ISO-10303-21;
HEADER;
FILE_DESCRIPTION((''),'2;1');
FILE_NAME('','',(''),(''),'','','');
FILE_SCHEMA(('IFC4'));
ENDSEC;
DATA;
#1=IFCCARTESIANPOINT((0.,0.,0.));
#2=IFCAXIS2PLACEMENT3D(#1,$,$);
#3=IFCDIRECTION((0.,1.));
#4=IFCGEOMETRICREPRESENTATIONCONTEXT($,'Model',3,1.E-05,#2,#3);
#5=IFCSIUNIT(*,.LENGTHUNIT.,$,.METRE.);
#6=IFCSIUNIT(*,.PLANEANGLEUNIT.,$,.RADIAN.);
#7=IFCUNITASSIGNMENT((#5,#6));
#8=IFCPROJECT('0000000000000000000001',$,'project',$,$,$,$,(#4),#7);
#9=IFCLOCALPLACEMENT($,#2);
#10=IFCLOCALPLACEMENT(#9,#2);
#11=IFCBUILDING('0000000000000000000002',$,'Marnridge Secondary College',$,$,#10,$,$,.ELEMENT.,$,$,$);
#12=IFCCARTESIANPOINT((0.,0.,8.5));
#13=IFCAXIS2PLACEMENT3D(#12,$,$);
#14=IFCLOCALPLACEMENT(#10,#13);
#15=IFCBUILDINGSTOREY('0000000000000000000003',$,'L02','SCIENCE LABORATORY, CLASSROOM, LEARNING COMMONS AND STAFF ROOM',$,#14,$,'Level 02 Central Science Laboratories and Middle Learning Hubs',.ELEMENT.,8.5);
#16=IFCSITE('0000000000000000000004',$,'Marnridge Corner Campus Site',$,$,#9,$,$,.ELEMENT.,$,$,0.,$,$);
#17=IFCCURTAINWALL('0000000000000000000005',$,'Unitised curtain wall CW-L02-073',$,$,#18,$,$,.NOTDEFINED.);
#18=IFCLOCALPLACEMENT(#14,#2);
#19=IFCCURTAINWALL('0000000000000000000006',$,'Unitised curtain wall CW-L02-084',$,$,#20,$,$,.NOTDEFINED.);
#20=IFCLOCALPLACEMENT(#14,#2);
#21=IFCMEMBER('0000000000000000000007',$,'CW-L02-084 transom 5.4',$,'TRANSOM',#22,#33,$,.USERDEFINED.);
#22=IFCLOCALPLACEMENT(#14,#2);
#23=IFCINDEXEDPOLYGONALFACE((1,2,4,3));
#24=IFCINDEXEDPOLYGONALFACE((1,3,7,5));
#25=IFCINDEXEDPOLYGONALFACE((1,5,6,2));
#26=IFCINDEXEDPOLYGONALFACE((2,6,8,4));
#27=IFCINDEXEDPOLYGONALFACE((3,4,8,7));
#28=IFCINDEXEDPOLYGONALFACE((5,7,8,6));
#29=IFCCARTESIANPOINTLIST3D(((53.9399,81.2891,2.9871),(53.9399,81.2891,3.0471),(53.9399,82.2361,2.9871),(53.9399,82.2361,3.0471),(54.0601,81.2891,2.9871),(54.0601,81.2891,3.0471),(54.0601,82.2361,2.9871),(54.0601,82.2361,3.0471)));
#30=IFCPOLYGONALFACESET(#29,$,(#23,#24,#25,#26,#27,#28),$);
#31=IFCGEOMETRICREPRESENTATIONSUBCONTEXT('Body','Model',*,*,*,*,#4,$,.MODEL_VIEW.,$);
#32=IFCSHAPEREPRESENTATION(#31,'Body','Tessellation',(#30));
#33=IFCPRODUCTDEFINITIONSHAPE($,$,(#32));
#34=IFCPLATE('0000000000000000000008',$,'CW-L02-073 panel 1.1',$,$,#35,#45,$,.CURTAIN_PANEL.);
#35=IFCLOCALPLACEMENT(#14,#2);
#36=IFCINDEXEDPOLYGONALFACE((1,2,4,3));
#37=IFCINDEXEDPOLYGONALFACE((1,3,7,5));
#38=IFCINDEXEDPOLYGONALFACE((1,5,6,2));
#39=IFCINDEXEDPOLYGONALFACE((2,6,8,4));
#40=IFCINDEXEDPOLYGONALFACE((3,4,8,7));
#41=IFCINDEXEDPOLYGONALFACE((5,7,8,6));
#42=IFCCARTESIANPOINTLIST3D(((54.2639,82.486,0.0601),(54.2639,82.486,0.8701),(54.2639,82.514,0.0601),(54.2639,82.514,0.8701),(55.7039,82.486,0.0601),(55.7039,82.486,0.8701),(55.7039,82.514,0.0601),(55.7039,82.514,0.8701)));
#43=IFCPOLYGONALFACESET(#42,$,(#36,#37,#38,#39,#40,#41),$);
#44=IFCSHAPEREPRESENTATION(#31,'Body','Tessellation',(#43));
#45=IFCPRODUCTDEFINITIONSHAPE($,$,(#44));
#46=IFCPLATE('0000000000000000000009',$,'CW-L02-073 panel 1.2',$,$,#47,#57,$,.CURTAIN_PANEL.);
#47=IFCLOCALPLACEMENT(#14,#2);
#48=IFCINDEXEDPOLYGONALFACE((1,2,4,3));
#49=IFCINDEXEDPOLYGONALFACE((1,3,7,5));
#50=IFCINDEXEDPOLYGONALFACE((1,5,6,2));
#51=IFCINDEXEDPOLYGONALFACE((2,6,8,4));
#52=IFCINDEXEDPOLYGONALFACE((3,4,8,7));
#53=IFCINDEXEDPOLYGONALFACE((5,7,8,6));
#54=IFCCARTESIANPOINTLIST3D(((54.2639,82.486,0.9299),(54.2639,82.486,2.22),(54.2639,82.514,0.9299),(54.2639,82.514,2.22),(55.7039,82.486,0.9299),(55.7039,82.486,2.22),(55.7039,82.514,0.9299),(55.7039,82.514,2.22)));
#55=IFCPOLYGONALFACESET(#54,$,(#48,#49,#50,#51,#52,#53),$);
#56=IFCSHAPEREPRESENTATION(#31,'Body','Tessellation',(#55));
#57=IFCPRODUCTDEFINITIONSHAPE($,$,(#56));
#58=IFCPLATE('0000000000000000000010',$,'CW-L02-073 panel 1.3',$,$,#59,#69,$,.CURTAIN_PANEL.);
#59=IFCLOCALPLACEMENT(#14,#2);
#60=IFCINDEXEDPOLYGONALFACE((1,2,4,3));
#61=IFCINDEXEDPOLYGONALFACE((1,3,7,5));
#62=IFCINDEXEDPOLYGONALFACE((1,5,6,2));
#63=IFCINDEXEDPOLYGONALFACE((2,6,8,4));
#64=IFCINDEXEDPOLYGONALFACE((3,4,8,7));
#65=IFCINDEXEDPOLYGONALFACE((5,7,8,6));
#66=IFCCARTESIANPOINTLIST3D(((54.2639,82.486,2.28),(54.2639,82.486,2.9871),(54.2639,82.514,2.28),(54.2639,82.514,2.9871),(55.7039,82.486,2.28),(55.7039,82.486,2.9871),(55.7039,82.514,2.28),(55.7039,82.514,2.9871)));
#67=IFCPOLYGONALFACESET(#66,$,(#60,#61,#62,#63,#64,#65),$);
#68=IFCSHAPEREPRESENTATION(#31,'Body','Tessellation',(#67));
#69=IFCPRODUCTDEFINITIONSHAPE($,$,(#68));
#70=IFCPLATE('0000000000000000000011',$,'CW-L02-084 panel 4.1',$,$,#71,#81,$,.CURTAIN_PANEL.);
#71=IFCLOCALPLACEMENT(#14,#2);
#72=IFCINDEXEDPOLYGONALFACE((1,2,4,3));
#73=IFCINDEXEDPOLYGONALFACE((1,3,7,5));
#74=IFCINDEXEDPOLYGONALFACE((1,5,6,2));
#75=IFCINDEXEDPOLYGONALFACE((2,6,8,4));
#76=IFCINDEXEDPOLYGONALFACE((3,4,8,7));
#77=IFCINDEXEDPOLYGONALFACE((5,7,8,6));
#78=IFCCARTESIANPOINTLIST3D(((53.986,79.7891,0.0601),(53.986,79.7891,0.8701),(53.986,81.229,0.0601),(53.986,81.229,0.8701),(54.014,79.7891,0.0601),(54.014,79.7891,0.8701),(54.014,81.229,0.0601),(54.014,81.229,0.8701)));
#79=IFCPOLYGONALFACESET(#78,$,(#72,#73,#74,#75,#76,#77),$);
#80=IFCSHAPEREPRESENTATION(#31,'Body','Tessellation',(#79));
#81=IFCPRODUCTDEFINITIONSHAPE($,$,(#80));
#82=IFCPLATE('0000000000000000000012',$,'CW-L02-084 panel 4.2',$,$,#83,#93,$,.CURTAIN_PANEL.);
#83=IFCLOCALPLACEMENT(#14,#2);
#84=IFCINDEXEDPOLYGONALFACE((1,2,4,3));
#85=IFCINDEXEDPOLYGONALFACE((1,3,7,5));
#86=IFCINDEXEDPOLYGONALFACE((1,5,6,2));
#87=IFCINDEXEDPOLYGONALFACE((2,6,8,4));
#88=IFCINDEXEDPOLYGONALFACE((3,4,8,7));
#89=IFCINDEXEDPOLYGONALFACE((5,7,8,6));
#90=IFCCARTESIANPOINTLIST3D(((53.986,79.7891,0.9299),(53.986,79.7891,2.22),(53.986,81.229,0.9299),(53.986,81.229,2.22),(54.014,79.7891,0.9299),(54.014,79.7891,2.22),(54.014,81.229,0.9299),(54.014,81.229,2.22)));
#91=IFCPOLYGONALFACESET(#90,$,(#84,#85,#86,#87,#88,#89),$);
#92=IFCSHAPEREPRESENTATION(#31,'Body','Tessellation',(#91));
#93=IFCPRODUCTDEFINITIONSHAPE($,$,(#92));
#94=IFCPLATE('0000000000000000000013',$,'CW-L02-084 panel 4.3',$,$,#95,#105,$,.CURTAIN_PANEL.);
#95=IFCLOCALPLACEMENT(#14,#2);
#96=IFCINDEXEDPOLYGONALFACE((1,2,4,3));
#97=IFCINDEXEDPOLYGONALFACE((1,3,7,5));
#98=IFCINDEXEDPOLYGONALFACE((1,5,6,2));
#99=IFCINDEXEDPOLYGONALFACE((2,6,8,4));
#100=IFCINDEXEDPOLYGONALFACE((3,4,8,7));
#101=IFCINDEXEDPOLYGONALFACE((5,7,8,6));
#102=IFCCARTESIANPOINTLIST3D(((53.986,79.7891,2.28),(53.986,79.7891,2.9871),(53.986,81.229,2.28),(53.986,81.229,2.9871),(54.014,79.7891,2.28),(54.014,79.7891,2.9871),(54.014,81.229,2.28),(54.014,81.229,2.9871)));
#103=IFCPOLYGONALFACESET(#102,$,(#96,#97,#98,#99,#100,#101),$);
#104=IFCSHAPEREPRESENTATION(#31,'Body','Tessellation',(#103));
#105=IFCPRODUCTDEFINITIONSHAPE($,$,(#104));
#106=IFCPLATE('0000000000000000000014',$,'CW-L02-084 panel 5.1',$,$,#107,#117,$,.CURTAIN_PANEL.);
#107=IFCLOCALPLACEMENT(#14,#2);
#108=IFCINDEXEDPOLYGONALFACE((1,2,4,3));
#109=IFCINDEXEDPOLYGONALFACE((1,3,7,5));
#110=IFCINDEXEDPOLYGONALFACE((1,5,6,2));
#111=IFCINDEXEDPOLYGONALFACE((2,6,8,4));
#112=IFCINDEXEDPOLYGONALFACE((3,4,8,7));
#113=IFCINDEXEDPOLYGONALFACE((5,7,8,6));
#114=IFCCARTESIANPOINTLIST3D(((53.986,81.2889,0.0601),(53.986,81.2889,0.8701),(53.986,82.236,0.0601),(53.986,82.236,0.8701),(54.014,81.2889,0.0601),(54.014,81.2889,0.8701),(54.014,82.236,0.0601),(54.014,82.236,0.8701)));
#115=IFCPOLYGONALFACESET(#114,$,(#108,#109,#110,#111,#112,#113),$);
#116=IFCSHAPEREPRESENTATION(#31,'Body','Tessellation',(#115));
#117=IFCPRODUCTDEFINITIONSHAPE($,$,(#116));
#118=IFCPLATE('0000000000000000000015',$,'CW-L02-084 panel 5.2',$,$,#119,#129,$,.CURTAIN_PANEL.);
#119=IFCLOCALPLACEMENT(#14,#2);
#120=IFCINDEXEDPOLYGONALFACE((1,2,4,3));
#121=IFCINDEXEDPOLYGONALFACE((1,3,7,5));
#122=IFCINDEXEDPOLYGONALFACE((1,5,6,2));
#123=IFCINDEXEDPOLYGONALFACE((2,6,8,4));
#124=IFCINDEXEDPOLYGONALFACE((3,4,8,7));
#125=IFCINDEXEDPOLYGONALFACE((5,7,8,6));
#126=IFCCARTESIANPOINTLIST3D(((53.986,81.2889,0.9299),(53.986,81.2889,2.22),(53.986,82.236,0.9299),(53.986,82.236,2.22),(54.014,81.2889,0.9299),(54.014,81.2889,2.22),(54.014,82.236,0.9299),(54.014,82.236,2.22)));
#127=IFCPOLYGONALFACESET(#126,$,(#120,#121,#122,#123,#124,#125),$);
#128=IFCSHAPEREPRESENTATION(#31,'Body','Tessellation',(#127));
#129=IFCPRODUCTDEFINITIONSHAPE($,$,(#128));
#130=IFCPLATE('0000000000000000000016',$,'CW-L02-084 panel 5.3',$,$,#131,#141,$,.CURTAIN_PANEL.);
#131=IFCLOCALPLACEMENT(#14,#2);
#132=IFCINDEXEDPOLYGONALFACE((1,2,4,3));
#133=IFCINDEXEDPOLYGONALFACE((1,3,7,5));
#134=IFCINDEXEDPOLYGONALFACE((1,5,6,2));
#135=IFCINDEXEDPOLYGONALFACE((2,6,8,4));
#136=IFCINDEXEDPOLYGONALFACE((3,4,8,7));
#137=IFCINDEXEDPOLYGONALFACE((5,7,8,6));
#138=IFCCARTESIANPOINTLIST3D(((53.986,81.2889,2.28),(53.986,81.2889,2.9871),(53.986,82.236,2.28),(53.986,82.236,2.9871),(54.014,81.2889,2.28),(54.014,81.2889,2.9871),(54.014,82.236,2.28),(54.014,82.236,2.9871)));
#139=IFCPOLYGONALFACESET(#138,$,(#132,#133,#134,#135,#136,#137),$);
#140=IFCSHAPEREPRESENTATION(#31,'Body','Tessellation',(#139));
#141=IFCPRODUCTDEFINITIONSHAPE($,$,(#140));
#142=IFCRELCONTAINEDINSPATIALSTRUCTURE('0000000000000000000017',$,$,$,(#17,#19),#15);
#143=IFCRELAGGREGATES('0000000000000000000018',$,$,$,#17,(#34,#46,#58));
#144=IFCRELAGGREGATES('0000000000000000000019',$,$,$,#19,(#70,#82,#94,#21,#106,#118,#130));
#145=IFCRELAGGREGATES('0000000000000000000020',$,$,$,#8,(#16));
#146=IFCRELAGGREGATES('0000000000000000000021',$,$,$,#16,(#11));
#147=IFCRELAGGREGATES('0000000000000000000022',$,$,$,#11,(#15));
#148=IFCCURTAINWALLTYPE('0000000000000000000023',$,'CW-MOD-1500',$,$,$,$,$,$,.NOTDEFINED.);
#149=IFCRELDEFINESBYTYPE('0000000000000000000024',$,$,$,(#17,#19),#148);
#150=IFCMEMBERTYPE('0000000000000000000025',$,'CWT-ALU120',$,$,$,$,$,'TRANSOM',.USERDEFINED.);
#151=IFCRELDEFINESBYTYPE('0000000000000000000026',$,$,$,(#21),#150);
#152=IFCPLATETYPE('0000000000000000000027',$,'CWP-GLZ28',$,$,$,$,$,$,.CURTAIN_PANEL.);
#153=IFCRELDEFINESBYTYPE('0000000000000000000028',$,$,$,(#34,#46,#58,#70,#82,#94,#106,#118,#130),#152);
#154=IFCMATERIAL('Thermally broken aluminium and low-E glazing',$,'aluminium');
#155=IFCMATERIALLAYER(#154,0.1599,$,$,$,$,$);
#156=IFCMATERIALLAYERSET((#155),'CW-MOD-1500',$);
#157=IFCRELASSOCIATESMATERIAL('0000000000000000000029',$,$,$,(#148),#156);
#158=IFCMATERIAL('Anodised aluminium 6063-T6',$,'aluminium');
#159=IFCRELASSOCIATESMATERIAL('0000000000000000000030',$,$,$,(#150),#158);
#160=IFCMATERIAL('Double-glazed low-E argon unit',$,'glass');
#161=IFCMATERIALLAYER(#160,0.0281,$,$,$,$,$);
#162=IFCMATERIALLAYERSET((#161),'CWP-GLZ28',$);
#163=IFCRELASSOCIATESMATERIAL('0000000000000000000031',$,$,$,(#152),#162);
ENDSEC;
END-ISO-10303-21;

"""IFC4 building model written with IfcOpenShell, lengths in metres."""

from ifc_helpers import new_model, si_unit, direction, frame, origin, origin_2d, place, context, subcontext, project, spatial, rectangle, extrude, material, layer, layer_set, material_profile, profile_set, type_object, element, aggregate, save


model = new_model("IFC4")

# Units and contexts
model_context = context("Model", 3, precision=1e-05, world=origin(), true_north=direction((0.0, 1.0)))
body_context = subcontext(model_context, "Body", "Model", "MODEL_VIEW")
ifc_project = project(units=[si_unit("LENGTHUNIT", "METRE"), si_unit("PLANEANGLEUNIT", "RADIAN")], contexts=[model_context])

# Site, building, storey
site_placement = place(None, origin())
site = spatial("IfcSite", under=ifc_project, at=site_placement, Name="Marnridge Corner Campus Site", CompositionType="ELEMENT", RefElevation=0.0)
building_placement = place(site_placement, origin())
building = spatial("IfcBuilding", under=site, at=building_placement, Name="Marnridge Secondary College", CompositionType="ELEMENT")
storey_placement = place(building_placement, frame((0.0, 0.0, 8.5)))
storey = spatial("IfcBuildingStorey", under=building, at=storey_placement, Name="L02", Description="SCIENCE LABORATORY, CLASSROOM, LEARNING COMMONS AND STAFF ROOM", LongName="Level 02 Central Science Laboratories and Middle Learning Hubs", CompositionType="ELEMENT", Elevation=8.5)

# Curtain walls
ifc_material_1 = material(Name="Thermally broken aluminium and low-E glazing", Category="aluminium")
ifc_layer_1 = layer(ifc_material_1, 0.1599)
ifc_layer_set_1 = layer_set([ifc_layer_1], Name="CW-MOD-1500")
curtain_wall_type = type_object("IfcCurtainWallType", Name="CW-MOD-1500", PredefinedType="NOTDEFINED", material=ifc_layer_set_1)
curtain_wall_1_placement = place(storey_placement, origin())
curtain_wall_1 = element("IfcCurtainWall", 1, at=curtain_wall_1_placement, inside=storey, type_object=curtain_wall_type, Name="Unitised curtain wall CW-L02-073", PredefinedType="NOTDEFINED")
curtain_wall_2_placement = place(storey_placement, origin())
curtain_wall_2 = element("IfcCurtainWall", 2, at=curtain_wall_2_placement, inside=storey, type_object=curtain_wall_type, Name="Unitised curtain wall CW-L02-084", PredefinedType="NOTDEFINED")

# Member
ifc_material_2 = material(Name="Anodised aluminium 6063-T6", Category="aluminium")
ifc_material_profile_1 = material_profile(ifc_material_2, rectangle(XDim=0.0601, YDim=0.1201, at=origin_2d()), Name="ALU 60x120")
ifc_profile_set_1 = profile_set([ifc_material_profile_1], Name="Anodised aluminium 6063-T6")
member_type_1 = type_object("IfcMemberType", Name="CWT-ALU120", ElementType="TRANSOM", PredefinedType="USERDEFINED", material=ifc_profile_set_1)
member_1_placement = place(storey_placement, frame((54.0, 81.2891, 3.0171), z_axis=(0.0, 1.0, 0.0), x_axis=(0.0, 0.0, 1.0)))
member_1 = element("IfcMember", 3, at=member_1_placement, type_object=member_type_1, Name="CW-L02-084 transom 5.4", ObjectType="TRANSOM", PredefinedType="USERDEFINED", context=body_context, shape_type="SweptSolid", body=[
    extrude(rectangle(XDim=0.0601, YDim=0.1201, at=origin_2d()), origin(), (0.0, 0.0, 1.0), 0.947),
])

# Plates
ifc_material_3 = material(Name="Double-glazed low-E argon unit", Category="glass")
ifc_layer_2 = layer(ifc_material_3, 0.0281)
ifc_layer_set_2 = layer_set([ifc_layer_2], Name="CWP-GLZ28")
plate_type = type_object("IfcPlateType", Name="CWP-GLZ28", PredefinedType="CURTAIN_PANEL", material=ifc_layer_set_2)
plate_1_placement = place(storey_placement, frame((54.9839, 82.5, 0.0601), z_axis=(0.0, 0.0, 1.0), x_axis=(1.0, 0.0, 0.0)))
plate_1 = element("IfcPlate", 4, at=plate_1_placement, type_object=plate_type, Name="CW-L02-073 panel 1.1", PredefinedType="CURTAIN_PANEL", context=body_context, shape_type="SweptSolid", body=[
    extrude(rectangle(XDim=1.4399, YDim=0.0281, at=origin_2d()), origin(), (0.0, 0.0, 1.0), 0.8101),
])
plate_2_placement = place(storey_placement, frame((54.9839, 82.5, 0.9299), z_axis=(0.0, 0.0, 1.0), x_axis=(1.0, 0.0, 0.0)))
plate_2 = element("IfcPlate", 5, at=plate_2_placement, type_object=plate_type, Name="CW-L02-073 panel 1.2", PredefinedType="CURTAIN_PANEL", context=body_context, shape_type="SweptSolid", body=[
    extrude(rectangle(XDim=1.4399, YDim=0.0281, at=origin_2d()), origin(), (0.0, 0.0, 1.0), 1.29),
])
plate_3_placement = place(storey_placement, frame((54.9839, 82.5, 2.28), z_axis=(0.0, 0.0, 1.0), x_axis=(1.0, 0.0, 0.0)))
plate_3 = element("IfcPlate", 6, at=plate_3_placement, type_object=plate_type, Name="CW-L02-073 panel 1.3", PredefinedType="CURTAIN_PANEL", context=body_context, shape_type="SweptSolid", body=[
    extrude(rectangle(XDim=1.4399, YDim=0.0281, at=origin_2d()), origin(), (0.0, 0.0, 1.0), 0.707),
])
aggregate(curtain_wall_1, [plate_1, plate_2, plate_3])
plate_4_placement = place(storey_placement, frame((54.0, 80.509, 0.0601), z_axis=(0.0, 0.0, 1.0), x_axis=(0.0, 1.0, 0.0)))
plate_4 = element("IfcPlate", 7, at=plate_4_placement, type_object=plate_type, Name="CW-L02-084 panel 4.1", PredefinedType="CURTAIN_PANEL", context=body_context, shape_type="SweptSolid", body=[
    extrude(rectangle(XDim=1.4399, YDim=0.0281, at=origin_2d()), origin(), (0.0, 0.0, 1.0), 0.8101),
])
plate_5_placement = place(storey_placement, frame((54.0, 80.509, 0.9299), z_axis=(0.0, 0.0, 1.0), x_axis=(0.0, 1.0, 0.0)))
plate_5 = element("IfcPlate", 8, at=plate_5_placement, type_object=plate_type, Name="CW-L02-084 panel 4.2", PredefinedType="CURTAIN_PANEL", context=body_context, shape_type="SweptSolid", body=[
    extrude(rectangle(XDim=1.4399, YDim=0.0281, at=origin_2d()), origin(), (0.0, 0.0, 1.0), 1.29),
])
plate_6_placement = place(storey_placement, frame((54.0, 80.509, 2.28), z_axis=(0.0, 0.0, 1.0), x_axis=(0.0, 1.0, 0.0)))
plate_6 = element("IfcPlate", 9, at=plate_6_placement, type_object=plate_type, Name="CW-L02-084 panel 4.3", PredefinedType="CURTAIN_PANEL", context=body_context, shape_type="SweptSolid", body=[
    extrude(rectangle(XDim=1.4399, YDim=0.0281, at=origin_2d()), origin(), (0.0, 0.0, 1.0), 0.707),
])
plate_7_placement = place(storey_placement, frame((54.0, 81.7625, 0.0601), z_axis=(0.0, 0.0, 1.0), x_axis=(0.0, 1.0, 0.0)))
plate_7 = element("IfcPlate", 10, at=plate_7_placement, type_object=plate_type, Name="CW-L02-084 panel 5.1", PredefinedType="CURTAIN_PANEL", context=body_context, shape_type="SweptSolid", body=[
    extrude(rectangle(XDim=0.947, YDim=0.0281, at=origin_2d()), origin(), (0.0, 0.0, 1.0), 0.8101),
])
plate_8_placement = place(storey_placement, frame((54.0, 81.7625, 0.9299), z_axis=(0.0, 0.0, 1.0), x_axis=(0.0, 1.0, 0.0)))
plate_8 = element("IfcPlate", 11, at=plate_8_placement, type_object=plate_type, Name="CW-L02-084 panel 5.2", PredefinedType="CURTAIN_PANEL", context=body_context, shape_type="SweptSolid", body=[
    extrude(rectangle(XDim=0.947, YDim=0.0281, at=origin_2d()), origin(), (0.0, 0.0, 1.0), 1.29),
])
plate_9_placement = place(storey_placement, frame((54.0, 81.7625, 2.28), z_axis=(0.0, 0.0, 1.0), x_axis=(0.0, 1.0, 0.0)))
plate_9 = element("IfcPlate", 12, at=plate_9_placement, type_object=plate_type, Name="CW-L02-084 panel 5.3", PredefinedType="CURTAIN_PANEL", context=body_context, shape_type="SweptSolid", body=[
    extrude(rectangle(XDim=0.947, YDim=0.0281, at=origin_2d()), origin(), (0.0, 0.0, 1.0), 0.707),
])
aggregate(curtain_wall_2, [plate_4, plate_5, plate_6, member_1, plate_7, plate_8, plate_9])

save(model, "model.ifc")
